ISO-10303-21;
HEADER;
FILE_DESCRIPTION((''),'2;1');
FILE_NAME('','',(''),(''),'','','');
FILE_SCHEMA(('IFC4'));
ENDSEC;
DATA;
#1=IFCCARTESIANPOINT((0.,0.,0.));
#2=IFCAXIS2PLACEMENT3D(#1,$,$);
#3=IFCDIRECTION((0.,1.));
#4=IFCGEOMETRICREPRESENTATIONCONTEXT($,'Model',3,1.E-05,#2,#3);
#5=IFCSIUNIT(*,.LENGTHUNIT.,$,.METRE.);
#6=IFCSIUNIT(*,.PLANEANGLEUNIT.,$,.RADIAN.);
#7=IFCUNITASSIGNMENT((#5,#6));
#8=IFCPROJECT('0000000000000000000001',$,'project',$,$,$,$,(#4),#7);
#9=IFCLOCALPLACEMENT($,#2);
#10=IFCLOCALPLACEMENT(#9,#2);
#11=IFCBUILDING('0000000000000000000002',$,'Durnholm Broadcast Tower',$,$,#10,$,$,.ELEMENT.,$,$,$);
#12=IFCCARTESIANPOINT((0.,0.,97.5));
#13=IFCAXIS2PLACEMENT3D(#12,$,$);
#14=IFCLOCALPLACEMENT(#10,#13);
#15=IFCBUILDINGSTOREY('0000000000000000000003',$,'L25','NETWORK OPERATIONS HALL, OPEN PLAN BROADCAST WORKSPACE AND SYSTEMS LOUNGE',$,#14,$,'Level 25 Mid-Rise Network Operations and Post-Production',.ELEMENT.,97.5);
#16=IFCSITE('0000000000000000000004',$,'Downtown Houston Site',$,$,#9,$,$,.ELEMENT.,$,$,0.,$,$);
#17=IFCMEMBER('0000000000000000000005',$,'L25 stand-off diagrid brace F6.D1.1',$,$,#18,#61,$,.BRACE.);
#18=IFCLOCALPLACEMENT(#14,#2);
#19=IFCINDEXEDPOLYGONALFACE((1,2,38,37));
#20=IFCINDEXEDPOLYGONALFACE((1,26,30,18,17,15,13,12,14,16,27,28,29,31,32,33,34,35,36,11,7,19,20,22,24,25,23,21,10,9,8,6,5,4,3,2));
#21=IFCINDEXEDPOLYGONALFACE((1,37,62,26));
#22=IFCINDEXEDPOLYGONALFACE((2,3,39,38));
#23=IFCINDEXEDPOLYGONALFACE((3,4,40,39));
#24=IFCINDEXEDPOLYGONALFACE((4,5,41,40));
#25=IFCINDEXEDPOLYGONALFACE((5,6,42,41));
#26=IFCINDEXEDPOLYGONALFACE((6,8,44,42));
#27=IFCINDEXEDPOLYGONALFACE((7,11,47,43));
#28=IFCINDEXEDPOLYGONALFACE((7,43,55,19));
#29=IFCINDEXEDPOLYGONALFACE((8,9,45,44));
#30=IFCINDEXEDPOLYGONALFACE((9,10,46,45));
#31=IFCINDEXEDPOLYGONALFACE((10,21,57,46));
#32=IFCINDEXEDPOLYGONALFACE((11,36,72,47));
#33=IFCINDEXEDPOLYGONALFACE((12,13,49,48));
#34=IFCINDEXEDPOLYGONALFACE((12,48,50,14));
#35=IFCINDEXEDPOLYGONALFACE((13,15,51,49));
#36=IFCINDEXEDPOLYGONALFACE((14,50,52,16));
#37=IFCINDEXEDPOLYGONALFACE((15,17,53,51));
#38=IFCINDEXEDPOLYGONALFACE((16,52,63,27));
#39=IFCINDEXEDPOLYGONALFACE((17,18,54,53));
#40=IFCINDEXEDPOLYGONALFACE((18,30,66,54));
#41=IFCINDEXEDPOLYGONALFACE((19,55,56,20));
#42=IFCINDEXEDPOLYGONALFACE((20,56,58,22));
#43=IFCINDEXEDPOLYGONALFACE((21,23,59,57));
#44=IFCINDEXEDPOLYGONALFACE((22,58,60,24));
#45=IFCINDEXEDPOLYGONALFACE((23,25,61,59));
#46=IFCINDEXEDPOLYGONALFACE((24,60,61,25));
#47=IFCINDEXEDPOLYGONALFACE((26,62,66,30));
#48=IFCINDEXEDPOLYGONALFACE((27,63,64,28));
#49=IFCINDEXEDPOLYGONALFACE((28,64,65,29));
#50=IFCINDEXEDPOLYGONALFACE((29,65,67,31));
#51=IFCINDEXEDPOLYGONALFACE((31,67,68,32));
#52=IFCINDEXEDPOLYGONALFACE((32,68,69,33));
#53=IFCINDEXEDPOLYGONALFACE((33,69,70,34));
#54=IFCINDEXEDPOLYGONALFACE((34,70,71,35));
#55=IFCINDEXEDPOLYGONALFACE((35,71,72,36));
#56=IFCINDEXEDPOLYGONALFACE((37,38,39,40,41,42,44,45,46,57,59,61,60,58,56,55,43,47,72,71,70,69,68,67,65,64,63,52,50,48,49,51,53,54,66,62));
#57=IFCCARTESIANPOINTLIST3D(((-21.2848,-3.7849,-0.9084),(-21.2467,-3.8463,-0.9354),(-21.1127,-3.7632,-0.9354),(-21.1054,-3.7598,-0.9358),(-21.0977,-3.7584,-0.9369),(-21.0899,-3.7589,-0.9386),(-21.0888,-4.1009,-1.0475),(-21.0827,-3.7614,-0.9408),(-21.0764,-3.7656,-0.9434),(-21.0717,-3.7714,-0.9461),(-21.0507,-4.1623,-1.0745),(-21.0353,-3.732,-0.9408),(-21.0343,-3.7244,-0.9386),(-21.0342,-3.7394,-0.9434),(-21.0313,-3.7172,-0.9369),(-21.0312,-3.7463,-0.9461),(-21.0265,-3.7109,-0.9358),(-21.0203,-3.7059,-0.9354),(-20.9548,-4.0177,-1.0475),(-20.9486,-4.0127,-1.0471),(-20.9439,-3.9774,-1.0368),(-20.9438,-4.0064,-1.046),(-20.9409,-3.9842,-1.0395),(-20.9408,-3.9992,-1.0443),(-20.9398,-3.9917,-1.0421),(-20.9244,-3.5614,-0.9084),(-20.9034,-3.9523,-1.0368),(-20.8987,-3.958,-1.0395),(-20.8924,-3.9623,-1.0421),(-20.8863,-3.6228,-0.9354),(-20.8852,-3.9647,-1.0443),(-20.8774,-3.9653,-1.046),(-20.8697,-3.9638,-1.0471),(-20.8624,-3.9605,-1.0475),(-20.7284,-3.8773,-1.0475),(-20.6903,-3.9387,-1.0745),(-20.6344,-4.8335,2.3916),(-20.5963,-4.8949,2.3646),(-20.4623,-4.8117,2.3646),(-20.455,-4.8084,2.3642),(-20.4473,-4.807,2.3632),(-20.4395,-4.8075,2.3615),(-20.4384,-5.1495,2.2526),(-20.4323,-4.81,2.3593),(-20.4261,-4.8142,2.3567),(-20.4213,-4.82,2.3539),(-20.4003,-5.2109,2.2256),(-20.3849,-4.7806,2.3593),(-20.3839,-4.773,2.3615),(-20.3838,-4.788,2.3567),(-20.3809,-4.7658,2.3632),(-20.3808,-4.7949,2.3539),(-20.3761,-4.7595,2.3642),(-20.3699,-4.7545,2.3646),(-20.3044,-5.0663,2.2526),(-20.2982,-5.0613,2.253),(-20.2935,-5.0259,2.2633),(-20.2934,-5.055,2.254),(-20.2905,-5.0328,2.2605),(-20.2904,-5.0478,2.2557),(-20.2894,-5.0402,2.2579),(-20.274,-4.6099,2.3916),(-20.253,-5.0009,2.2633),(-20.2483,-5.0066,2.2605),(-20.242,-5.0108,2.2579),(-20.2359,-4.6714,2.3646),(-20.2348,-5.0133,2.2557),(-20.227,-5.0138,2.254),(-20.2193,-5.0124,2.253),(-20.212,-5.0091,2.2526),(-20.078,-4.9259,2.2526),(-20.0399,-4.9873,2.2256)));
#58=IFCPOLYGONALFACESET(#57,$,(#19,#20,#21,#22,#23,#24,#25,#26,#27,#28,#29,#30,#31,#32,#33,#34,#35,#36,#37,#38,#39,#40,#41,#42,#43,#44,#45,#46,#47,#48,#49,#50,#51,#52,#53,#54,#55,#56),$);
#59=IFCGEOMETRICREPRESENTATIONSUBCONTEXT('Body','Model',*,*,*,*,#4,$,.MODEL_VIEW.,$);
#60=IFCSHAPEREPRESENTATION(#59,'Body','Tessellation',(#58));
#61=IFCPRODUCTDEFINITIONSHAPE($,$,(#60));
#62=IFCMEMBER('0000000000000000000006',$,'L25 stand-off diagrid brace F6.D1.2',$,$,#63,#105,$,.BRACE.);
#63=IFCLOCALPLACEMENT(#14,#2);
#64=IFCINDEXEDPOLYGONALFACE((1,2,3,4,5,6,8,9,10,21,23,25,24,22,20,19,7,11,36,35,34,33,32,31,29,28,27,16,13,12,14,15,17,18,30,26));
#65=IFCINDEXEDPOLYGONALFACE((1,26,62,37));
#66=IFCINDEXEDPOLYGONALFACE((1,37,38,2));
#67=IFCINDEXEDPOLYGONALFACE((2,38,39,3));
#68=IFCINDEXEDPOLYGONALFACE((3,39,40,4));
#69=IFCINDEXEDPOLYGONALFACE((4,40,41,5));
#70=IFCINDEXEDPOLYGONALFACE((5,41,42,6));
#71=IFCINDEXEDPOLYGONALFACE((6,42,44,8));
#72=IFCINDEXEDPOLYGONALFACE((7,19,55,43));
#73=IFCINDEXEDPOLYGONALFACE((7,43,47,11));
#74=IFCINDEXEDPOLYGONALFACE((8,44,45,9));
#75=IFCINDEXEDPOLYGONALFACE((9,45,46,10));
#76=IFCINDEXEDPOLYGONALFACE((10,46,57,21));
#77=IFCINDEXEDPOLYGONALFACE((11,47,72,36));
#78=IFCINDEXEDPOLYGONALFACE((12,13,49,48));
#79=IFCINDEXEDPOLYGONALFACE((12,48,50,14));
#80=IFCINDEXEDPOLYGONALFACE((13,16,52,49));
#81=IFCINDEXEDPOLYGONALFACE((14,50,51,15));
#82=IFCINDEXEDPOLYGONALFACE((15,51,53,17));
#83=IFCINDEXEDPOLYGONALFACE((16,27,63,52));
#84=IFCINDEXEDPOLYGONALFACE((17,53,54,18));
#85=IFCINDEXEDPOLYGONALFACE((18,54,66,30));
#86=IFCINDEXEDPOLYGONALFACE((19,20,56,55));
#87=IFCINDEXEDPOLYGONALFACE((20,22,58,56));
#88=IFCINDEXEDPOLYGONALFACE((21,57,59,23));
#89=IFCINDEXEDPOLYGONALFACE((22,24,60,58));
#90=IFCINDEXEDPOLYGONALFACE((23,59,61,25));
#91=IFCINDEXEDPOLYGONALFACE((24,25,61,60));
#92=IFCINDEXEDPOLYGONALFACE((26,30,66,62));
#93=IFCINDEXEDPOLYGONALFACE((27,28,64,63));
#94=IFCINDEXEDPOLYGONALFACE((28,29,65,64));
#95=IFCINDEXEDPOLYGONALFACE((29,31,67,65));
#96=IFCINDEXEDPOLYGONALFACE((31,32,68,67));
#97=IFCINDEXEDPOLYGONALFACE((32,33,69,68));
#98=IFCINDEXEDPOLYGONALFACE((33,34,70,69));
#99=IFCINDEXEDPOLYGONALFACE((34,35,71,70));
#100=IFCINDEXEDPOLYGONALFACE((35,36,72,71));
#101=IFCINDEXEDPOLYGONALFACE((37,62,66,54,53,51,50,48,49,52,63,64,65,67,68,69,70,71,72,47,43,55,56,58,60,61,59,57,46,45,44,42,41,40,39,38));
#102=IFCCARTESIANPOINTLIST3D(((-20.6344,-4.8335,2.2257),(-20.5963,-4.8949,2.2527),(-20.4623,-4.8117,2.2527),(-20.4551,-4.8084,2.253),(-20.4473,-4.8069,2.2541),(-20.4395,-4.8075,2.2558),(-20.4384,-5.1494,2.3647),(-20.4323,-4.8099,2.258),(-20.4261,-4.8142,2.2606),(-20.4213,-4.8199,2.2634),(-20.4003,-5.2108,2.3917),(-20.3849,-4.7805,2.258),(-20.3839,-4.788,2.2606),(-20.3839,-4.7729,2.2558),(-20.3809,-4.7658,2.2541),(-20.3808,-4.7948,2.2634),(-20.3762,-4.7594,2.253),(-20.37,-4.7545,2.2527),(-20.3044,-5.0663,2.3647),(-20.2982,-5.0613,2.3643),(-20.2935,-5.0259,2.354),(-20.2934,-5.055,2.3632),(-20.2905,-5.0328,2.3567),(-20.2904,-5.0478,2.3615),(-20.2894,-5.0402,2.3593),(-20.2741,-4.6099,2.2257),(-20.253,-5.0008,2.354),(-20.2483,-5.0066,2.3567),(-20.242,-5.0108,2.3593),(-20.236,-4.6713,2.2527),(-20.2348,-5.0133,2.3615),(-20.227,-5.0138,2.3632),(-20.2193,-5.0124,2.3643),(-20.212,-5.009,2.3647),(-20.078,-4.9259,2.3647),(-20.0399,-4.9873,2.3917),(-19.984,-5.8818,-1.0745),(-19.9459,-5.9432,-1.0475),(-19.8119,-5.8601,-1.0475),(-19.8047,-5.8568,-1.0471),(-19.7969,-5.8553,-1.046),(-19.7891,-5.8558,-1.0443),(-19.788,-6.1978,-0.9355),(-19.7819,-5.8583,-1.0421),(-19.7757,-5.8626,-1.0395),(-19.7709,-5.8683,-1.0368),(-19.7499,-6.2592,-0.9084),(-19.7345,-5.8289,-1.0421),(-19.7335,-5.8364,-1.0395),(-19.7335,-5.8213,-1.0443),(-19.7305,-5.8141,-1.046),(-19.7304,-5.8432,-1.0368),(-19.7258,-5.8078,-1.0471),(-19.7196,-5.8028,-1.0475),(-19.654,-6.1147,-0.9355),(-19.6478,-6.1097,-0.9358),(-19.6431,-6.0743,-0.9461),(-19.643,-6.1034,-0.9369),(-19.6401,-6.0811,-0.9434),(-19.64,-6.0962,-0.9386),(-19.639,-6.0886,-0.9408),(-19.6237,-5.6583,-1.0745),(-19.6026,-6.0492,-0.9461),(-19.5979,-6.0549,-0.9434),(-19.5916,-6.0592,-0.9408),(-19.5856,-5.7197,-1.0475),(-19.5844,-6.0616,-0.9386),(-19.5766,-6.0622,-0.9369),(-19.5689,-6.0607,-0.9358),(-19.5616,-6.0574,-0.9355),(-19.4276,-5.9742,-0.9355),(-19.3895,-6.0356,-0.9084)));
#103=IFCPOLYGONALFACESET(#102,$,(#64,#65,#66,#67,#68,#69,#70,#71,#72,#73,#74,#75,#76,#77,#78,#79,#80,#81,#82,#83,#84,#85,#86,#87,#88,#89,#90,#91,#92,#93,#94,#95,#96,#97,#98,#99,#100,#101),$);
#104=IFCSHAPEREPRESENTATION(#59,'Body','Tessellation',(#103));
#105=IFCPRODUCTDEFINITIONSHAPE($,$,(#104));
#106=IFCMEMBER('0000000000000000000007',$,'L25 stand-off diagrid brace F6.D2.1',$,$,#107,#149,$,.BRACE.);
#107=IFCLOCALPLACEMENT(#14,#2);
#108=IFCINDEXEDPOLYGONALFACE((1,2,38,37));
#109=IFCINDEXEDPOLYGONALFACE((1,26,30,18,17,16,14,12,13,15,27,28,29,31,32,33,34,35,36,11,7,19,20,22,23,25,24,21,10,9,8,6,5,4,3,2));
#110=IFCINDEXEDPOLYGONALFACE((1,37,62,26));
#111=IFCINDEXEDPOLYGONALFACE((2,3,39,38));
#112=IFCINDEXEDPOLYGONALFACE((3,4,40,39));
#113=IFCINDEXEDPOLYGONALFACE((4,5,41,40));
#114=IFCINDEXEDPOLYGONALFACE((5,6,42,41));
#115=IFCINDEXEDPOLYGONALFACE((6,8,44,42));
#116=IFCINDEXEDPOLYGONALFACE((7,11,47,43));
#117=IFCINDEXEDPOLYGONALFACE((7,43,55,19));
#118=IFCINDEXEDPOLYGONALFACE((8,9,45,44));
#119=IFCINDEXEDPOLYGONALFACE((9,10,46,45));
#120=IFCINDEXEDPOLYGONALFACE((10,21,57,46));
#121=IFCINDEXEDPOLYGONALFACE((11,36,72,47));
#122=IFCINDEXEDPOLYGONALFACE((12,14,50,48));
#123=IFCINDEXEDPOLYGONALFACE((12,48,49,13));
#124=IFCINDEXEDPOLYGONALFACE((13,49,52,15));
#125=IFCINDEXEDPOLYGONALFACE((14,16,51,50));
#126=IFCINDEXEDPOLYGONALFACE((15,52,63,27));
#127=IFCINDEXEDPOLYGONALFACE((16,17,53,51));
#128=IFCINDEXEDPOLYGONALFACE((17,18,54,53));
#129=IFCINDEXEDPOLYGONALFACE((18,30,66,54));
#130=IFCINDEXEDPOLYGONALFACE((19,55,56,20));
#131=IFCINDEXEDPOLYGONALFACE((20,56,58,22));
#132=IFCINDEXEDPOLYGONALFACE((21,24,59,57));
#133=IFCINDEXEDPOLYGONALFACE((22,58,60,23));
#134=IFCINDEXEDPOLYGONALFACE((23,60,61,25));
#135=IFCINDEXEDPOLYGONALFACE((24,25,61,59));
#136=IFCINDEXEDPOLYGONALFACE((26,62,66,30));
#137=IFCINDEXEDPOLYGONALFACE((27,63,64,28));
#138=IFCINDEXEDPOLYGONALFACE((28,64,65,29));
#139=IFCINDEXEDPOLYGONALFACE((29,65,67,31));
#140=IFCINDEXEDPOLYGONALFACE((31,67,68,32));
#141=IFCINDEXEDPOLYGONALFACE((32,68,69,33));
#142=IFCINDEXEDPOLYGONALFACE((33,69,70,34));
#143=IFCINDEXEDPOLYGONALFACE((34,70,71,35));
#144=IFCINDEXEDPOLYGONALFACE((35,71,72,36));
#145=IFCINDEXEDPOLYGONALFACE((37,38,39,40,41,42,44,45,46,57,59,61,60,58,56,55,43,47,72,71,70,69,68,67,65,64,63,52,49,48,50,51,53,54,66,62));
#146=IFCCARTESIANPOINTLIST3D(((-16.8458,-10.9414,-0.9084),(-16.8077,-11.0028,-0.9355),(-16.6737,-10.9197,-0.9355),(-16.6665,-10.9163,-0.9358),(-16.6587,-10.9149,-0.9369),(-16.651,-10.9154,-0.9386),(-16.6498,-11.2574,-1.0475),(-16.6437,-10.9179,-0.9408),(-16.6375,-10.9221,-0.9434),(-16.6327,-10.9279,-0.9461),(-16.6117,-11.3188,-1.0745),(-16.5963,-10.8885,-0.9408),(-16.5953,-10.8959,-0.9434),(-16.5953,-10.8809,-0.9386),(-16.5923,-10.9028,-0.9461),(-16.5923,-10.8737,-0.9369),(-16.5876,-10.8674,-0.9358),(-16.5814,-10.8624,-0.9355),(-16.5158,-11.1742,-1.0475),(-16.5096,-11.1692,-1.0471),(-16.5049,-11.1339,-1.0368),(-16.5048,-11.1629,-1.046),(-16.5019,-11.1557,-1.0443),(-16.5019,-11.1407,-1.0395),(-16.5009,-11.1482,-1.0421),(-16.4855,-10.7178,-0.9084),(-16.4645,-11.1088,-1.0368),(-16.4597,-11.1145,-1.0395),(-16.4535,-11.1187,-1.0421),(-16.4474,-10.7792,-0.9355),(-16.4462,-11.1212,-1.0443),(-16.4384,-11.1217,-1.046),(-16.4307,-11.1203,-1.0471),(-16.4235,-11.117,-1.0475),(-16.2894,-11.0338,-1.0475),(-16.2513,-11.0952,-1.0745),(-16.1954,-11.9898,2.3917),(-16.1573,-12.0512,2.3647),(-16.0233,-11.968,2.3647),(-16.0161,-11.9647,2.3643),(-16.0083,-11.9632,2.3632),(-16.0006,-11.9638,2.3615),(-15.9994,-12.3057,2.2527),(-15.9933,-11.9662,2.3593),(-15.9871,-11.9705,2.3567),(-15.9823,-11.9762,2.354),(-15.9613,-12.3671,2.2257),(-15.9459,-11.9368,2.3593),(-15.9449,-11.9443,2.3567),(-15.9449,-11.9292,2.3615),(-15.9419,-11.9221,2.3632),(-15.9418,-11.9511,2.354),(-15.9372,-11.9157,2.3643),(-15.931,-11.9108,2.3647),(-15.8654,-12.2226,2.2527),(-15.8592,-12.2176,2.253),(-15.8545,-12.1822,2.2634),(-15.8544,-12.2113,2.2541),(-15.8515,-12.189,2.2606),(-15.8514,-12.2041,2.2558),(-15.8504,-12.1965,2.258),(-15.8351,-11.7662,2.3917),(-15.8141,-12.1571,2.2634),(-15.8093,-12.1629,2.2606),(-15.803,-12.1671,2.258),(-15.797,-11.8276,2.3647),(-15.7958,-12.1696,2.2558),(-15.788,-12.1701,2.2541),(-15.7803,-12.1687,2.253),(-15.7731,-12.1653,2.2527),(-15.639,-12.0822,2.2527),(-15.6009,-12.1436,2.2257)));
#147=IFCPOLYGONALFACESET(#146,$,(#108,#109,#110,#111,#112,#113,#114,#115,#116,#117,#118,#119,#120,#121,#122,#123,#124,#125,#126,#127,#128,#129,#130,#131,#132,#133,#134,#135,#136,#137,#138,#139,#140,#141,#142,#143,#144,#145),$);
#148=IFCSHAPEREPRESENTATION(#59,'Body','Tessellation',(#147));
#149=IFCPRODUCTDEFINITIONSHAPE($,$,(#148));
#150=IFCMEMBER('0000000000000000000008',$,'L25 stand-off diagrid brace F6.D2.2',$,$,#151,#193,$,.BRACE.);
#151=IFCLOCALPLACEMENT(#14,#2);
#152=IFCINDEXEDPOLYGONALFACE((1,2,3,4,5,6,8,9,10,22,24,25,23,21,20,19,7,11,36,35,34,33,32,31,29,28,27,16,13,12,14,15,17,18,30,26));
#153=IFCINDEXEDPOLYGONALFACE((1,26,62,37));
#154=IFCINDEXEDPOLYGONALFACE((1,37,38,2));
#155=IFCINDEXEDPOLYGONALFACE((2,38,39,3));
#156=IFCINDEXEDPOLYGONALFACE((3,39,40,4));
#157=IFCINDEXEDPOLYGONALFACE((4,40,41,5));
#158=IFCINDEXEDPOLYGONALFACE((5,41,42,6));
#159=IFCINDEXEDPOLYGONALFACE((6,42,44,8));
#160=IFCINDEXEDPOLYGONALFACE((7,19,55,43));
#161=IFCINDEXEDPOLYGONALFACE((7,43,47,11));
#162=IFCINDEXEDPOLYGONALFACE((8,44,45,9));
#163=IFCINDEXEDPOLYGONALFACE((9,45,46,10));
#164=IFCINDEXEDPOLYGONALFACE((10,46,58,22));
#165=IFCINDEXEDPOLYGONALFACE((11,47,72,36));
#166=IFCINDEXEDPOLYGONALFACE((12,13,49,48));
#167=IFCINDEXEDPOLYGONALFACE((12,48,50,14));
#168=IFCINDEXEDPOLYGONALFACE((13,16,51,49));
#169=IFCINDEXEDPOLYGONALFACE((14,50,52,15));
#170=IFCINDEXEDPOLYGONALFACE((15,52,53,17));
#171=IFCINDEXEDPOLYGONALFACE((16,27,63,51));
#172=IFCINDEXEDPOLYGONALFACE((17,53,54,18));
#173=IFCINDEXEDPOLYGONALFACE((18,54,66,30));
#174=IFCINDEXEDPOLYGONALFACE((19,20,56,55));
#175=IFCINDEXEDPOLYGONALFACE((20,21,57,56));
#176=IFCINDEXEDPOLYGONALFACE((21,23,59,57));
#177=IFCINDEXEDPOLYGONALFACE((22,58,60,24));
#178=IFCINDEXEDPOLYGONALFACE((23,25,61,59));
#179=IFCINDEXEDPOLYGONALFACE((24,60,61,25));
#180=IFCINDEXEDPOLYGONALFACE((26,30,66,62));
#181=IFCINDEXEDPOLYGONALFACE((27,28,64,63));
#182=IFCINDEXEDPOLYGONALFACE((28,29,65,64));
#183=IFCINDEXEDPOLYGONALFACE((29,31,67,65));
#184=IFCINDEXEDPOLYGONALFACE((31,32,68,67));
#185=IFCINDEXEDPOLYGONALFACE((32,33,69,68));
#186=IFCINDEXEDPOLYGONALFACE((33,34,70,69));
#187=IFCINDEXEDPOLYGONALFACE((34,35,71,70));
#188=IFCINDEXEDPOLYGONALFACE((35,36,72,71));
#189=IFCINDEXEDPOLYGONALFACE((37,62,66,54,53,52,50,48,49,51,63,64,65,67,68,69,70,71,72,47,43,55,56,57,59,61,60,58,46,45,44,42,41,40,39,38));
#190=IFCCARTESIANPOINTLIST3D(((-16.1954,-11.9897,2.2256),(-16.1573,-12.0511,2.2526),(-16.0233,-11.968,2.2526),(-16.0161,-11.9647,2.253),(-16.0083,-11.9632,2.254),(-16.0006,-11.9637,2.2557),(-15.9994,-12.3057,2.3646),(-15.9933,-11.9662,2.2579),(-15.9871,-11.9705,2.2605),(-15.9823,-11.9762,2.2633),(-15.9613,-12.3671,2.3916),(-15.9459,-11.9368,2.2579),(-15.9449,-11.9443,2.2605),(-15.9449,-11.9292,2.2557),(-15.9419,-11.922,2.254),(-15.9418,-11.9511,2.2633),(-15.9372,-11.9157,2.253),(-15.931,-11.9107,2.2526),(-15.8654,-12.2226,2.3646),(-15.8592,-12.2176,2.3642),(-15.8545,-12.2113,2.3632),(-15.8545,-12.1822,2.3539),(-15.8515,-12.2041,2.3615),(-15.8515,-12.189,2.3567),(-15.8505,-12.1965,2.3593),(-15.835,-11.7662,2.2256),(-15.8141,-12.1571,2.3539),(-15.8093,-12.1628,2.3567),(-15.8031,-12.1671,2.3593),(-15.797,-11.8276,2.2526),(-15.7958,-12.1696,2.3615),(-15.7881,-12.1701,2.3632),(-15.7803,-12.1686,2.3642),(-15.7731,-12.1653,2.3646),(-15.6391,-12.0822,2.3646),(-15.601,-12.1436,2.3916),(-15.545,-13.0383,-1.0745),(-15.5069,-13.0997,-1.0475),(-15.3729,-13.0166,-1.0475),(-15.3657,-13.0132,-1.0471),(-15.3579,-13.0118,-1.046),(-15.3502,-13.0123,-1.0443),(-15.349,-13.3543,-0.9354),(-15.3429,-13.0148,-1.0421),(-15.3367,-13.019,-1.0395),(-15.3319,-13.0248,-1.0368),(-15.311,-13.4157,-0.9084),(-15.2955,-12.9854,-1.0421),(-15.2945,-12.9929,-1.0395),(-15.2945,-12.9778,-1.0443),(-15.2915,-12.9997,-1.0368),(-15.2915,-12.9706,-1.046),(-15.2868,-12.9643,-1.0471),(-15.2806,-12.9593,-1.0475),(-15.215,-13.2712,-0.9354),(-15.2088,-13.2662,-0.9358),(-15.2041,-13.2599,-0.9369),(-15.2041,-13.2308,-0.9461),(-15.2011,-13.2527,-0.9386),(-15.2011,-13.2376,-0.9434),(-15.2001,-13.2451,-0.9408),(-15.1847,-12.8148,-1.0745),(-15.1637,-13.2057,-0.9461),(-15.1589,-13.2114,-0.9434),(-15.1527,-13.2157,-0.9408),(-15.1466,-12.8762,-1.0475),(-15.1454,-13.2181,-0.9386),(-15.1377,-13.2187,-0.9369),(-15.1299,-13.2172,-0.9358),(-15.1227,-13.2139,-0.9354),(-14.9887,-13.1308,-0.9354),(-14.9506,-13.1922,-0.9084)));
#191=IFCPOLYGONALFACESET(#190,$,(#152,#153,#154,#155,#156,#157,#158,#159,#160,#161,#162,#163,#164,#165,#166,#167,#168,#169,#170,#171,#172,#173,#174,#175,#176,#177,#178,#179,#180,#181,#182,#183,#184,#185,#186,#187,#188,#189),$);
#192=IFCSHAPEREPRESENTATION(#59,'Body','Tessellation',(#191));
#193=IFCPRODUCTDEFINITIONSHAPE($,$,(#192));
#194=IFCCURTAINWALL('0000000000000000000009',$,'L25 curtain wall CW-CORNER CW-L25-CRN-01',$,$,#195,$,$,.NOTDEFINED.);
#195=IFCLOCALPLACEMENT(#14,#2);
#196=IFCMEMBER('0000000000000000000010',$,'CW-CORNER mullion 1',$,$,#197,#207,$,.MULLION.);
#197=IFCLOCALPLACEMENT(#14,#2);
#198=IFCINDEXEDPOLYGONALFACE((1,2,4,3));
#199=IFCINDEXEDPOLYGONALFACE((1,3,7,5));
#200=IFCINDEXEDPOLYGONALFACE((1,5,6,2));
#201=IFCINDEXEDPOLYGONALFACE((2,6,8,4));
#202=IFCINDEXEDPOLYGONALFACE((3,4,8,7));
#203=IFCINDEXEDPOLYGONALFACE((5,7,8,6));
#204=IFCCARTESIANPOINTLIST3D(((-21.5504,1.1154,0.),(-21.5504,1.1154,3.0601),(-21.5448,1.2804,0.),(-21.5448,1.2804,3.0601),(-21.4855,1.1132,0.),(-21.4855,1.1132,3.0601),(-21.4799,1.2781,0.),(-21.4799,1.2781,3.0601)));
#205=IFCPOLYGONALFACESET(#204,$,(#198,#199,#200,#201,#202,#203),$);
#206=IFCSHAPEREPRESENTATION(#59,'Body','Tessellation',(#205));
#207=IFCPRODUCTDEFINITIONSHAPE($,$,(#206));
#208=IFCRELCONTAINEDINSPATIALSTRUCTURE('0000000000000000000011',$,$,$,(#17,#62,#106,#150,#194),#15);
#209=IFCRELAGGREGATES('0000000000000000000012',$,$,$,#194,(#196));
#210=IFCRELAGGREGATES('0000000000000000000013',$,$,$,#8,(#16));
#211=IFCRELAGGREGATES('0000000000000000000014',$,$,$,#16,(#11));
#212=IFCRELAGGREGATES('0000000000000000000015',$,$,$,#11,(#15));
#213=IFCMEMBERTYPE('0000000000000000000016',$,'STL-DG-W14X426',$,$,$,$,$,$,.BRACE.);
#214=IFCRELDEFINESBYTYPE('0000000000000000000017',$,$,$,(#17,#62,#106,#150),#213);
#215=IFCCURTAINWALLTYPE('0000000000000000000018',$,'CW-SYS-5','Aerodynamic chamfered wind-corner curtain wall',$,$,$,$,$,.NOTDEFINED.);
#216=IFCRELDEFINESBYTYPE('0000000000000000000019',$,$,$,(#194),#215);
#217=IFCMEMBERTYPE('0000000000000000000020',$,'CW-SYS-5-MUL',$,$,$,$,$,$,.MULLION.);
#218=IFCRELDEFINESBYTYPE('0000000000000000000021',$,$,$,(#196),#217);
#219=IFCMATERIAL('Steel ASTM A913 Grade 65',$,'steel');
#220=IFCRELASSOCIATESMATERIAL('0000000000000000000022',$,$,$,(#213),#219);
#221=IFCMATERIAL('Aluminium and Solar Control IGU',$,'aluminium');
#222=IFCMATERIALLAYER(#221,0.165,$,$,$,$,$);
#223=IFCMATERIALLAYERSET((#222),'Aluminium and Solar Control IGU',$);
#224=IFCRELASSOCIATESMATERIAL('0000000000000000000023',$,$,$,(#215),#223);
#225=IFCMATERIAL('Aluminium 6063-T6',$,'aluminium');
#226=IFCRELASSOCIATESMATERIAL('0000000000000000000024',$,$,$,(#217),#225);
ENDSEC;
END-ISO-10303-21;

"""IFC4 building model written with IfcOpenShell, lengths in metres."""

from ifc_helpers import new_model, si_unit, direction, frame, origin, origin_2d, place, context, subcontext, project, spatial, rectangle, i_section, extrude, source, transform, mapped, material, layer, layer_set, material_profile, profile_set, type_object, type_shapes, element, aggregate, save


model = new_model("IFC4")

# Units and contexts
model_context = context("Model", 3, precision=1e-05, world=origin(), true_north=direction((0.0, 1.0)))
body_context = subcontext(model_context, "Body", "Model", "MODEL_VIEW")
ifc_project = project(units=[si_unit("LENGTHUNIT", "METRE"), si_unit("PLANEANGLEUNIT", "RADIAN")], contexts=[model_context])

# Site, building, storey
site_placement = place(None, origin())
site = spatial("IfcSite", under=ifc_project, at=site_placement, Name="Downtown Houston Site", CompositionType="ELEMENT", RefElevation=0.0)
building_placement = place(site_placement, origin())
building = spatial("IfcBuilding", under=site, at=building_placement, Name="Durnholm Broadcast Tower", CompositionType="ELEMENT")
storey_placement = place(building_placement, frame((0.0, 0.0, 97.5)))
storey = spatial("IfcBuildingStorey", under=building, at=storey_placement, Name="L25", Description="NETWORK OPERATIONS HALL, OPEN PLAN BROADCAST WORKSPACE AND SYSTEMS LOUNGE", LongName="Level 25 Mid-Rise Network Operations and Post-Production", CompositionType="ELEMENT", Elevation=97.5)

# Members
ifc_material_1 = material(Name="Steel ASTM A913 Grade 65", Category="steel")
ifc_material_profile_1 = material_profile(ifc_material_1, i_section(OverallWidth=0.4241, OverallDepth=0.4741, WebThickness=0.0476, FlangeThickness=0.0771, FilletRadius=0.0305, at=origin_2d()), Name="W14X426")
ifc_profile_set_1 = profile_set([ifc_material_profile_1], Name="Steel ASTM A913 Grade 65")
member_type_1 = type_object("IfcMemberType", Name="STL-DG-W14X426", PredefinedType="BRACE", material=ifc_profile_set_1)
shared_shape_1 = source(origin(), body_context, "Body", "SweptSolid", [
    extrude(i_section(OverallWidth=0.4241, OverallDepth=0.4741, WebThickness=0.0476, FlangeThickness=0.0771, FilletRadius=0.0305, at=origin_2d()), origin(), (0.0, 0.0, 1.0), 3.5232),
])
type_shapes(member_type_1, [shared_shape_1])
for number, where, z_axis, x_axis, name in (
    (1, (-20.9875, -3.8618, -0.9915), (0.184603, -0.297624, 0.936665), (0.849805, 0.527097, 0.0), "L25 stand-off diagrid brace F6.D1.1"),
    (2, (-19.6868, -5.9587, -0.9915), (-0.184607, 0.29756, 0.936685), (-0.84975, -0.527186, 0.0), "L25 stand-off diagrid brace F6.D1.2"),
    (3, (-16.5486, -11.0183, -0.9915), (0.184607, -0.29756, 0.936685), (0.84975, 0.527186, 0.0), "L25 stand-off diagrid brace F6.D2.1"),
    (4, (-15.2478, -13.1152, -0.9915), (-0.184603, 0.297624, 0.936665), (-0.849805, -0.527097, 0.0), "L25 stand-off diagrid brace F6.D2.2"),
):
    element("IfcMember", number, at=place(storey_placement, frame(where, z_axis=z_axis, x_axis=x_axis)), inside=storey, type_object=member_type_1, Name=name, PredefinedType="BRACE", context=body_context, shape_type="MappedRepresentation", body=[
        mapped(shared_shape_1, transform((0.0, 0.0, 0.0), x_axis=(1.0, 0.0, 0.0), y_axis=(0.0, 1.0, 0.0), z_axis=(0.0, 0.0, 1.0), scale=1.0)),
    ])

# Curtain wall, member
ifc_material_2 = material(Name="Aluminium and Solar Control IGU", Category="aluminium")
ifc_layer_1 = layer(ifc_material_2, 0.165)
ifc_layer_set_1 = layer_set([ifc_layer_1], Name="Aluminium and Solar Control IGU")
curtain_wall_type_1 = type_object("IfcCurtainWallType", Name="CW-SYS-5", Description="Aerodynamic chamfered wind-corner curtain wall", PredefinedType="NOTDEFINED", material=ifc_layer_set_1)
curtain_wall_1_placement = place(storey_placement, origin())
curtain_wall_1 = element("IfcCurtainWall", 5, at=curtain_wall_1_placement, inside=storey, type_object=curtain_wall_type_1, Name="L25 curtain wall CW-CORNER CW-L25-CRN-01", PredefinedType="NOTDEFINED")
ifc_material_3 = material(Name="Aluminium 6063-T6", Category="aluminium")
ifc_material_profile_2 = material_profile(ifc_material_3, rectangle(XDim=0.0649, YDim=0.165, at=origin_2d()), Name="CWM65X165")
ifc_profile_set_2 = profile_set([ifc_material_profile_2], Name="Aluminium 6063-T6")
member_type_2 = type_object("IfcMemberType", Name="CW-SYS-5-MUL", PredefinedType="MULLION", material=ifc_profile_set_2)
shared_shape_2 = source(origin(), body_context, "Body", "SweptSolid", [
    extrude(rectangle(XDim=0.0649, YDim=0.165, at=origin_2d()), origin(), (0.0, 0.0, 1.0), 3.0601),
])
type_shapes(member_type_2, [shared_shape_2])
member_1_placement = place(storey_placement, frame((-21.5151, 1.1968, 0.0), z_axis=(0.0, 0.0, 1.0), x_axis=(-0.999425, 0.033917, 0.0)))
member_1 = element("IfcMember", 6, at=member_1_placement, type_object=member_type_2, Name="CW-CORNER mullion 1", PredefinedType="MULLION", context=body_context, shape_type="MappedRepresentation", body=[
    mapped(shared_shape_2, transform((0.0, 0.0, 0.0), x_axis=(1.0, 0.0, 0.0), y_axis=(0.0, 1.0, 0.0), z_axis=(0.0, 0.0, 1.0), scale=1.0)),
])

aggregate(curtain_wall_1, [member_1])

save(model, "model.ifc")
